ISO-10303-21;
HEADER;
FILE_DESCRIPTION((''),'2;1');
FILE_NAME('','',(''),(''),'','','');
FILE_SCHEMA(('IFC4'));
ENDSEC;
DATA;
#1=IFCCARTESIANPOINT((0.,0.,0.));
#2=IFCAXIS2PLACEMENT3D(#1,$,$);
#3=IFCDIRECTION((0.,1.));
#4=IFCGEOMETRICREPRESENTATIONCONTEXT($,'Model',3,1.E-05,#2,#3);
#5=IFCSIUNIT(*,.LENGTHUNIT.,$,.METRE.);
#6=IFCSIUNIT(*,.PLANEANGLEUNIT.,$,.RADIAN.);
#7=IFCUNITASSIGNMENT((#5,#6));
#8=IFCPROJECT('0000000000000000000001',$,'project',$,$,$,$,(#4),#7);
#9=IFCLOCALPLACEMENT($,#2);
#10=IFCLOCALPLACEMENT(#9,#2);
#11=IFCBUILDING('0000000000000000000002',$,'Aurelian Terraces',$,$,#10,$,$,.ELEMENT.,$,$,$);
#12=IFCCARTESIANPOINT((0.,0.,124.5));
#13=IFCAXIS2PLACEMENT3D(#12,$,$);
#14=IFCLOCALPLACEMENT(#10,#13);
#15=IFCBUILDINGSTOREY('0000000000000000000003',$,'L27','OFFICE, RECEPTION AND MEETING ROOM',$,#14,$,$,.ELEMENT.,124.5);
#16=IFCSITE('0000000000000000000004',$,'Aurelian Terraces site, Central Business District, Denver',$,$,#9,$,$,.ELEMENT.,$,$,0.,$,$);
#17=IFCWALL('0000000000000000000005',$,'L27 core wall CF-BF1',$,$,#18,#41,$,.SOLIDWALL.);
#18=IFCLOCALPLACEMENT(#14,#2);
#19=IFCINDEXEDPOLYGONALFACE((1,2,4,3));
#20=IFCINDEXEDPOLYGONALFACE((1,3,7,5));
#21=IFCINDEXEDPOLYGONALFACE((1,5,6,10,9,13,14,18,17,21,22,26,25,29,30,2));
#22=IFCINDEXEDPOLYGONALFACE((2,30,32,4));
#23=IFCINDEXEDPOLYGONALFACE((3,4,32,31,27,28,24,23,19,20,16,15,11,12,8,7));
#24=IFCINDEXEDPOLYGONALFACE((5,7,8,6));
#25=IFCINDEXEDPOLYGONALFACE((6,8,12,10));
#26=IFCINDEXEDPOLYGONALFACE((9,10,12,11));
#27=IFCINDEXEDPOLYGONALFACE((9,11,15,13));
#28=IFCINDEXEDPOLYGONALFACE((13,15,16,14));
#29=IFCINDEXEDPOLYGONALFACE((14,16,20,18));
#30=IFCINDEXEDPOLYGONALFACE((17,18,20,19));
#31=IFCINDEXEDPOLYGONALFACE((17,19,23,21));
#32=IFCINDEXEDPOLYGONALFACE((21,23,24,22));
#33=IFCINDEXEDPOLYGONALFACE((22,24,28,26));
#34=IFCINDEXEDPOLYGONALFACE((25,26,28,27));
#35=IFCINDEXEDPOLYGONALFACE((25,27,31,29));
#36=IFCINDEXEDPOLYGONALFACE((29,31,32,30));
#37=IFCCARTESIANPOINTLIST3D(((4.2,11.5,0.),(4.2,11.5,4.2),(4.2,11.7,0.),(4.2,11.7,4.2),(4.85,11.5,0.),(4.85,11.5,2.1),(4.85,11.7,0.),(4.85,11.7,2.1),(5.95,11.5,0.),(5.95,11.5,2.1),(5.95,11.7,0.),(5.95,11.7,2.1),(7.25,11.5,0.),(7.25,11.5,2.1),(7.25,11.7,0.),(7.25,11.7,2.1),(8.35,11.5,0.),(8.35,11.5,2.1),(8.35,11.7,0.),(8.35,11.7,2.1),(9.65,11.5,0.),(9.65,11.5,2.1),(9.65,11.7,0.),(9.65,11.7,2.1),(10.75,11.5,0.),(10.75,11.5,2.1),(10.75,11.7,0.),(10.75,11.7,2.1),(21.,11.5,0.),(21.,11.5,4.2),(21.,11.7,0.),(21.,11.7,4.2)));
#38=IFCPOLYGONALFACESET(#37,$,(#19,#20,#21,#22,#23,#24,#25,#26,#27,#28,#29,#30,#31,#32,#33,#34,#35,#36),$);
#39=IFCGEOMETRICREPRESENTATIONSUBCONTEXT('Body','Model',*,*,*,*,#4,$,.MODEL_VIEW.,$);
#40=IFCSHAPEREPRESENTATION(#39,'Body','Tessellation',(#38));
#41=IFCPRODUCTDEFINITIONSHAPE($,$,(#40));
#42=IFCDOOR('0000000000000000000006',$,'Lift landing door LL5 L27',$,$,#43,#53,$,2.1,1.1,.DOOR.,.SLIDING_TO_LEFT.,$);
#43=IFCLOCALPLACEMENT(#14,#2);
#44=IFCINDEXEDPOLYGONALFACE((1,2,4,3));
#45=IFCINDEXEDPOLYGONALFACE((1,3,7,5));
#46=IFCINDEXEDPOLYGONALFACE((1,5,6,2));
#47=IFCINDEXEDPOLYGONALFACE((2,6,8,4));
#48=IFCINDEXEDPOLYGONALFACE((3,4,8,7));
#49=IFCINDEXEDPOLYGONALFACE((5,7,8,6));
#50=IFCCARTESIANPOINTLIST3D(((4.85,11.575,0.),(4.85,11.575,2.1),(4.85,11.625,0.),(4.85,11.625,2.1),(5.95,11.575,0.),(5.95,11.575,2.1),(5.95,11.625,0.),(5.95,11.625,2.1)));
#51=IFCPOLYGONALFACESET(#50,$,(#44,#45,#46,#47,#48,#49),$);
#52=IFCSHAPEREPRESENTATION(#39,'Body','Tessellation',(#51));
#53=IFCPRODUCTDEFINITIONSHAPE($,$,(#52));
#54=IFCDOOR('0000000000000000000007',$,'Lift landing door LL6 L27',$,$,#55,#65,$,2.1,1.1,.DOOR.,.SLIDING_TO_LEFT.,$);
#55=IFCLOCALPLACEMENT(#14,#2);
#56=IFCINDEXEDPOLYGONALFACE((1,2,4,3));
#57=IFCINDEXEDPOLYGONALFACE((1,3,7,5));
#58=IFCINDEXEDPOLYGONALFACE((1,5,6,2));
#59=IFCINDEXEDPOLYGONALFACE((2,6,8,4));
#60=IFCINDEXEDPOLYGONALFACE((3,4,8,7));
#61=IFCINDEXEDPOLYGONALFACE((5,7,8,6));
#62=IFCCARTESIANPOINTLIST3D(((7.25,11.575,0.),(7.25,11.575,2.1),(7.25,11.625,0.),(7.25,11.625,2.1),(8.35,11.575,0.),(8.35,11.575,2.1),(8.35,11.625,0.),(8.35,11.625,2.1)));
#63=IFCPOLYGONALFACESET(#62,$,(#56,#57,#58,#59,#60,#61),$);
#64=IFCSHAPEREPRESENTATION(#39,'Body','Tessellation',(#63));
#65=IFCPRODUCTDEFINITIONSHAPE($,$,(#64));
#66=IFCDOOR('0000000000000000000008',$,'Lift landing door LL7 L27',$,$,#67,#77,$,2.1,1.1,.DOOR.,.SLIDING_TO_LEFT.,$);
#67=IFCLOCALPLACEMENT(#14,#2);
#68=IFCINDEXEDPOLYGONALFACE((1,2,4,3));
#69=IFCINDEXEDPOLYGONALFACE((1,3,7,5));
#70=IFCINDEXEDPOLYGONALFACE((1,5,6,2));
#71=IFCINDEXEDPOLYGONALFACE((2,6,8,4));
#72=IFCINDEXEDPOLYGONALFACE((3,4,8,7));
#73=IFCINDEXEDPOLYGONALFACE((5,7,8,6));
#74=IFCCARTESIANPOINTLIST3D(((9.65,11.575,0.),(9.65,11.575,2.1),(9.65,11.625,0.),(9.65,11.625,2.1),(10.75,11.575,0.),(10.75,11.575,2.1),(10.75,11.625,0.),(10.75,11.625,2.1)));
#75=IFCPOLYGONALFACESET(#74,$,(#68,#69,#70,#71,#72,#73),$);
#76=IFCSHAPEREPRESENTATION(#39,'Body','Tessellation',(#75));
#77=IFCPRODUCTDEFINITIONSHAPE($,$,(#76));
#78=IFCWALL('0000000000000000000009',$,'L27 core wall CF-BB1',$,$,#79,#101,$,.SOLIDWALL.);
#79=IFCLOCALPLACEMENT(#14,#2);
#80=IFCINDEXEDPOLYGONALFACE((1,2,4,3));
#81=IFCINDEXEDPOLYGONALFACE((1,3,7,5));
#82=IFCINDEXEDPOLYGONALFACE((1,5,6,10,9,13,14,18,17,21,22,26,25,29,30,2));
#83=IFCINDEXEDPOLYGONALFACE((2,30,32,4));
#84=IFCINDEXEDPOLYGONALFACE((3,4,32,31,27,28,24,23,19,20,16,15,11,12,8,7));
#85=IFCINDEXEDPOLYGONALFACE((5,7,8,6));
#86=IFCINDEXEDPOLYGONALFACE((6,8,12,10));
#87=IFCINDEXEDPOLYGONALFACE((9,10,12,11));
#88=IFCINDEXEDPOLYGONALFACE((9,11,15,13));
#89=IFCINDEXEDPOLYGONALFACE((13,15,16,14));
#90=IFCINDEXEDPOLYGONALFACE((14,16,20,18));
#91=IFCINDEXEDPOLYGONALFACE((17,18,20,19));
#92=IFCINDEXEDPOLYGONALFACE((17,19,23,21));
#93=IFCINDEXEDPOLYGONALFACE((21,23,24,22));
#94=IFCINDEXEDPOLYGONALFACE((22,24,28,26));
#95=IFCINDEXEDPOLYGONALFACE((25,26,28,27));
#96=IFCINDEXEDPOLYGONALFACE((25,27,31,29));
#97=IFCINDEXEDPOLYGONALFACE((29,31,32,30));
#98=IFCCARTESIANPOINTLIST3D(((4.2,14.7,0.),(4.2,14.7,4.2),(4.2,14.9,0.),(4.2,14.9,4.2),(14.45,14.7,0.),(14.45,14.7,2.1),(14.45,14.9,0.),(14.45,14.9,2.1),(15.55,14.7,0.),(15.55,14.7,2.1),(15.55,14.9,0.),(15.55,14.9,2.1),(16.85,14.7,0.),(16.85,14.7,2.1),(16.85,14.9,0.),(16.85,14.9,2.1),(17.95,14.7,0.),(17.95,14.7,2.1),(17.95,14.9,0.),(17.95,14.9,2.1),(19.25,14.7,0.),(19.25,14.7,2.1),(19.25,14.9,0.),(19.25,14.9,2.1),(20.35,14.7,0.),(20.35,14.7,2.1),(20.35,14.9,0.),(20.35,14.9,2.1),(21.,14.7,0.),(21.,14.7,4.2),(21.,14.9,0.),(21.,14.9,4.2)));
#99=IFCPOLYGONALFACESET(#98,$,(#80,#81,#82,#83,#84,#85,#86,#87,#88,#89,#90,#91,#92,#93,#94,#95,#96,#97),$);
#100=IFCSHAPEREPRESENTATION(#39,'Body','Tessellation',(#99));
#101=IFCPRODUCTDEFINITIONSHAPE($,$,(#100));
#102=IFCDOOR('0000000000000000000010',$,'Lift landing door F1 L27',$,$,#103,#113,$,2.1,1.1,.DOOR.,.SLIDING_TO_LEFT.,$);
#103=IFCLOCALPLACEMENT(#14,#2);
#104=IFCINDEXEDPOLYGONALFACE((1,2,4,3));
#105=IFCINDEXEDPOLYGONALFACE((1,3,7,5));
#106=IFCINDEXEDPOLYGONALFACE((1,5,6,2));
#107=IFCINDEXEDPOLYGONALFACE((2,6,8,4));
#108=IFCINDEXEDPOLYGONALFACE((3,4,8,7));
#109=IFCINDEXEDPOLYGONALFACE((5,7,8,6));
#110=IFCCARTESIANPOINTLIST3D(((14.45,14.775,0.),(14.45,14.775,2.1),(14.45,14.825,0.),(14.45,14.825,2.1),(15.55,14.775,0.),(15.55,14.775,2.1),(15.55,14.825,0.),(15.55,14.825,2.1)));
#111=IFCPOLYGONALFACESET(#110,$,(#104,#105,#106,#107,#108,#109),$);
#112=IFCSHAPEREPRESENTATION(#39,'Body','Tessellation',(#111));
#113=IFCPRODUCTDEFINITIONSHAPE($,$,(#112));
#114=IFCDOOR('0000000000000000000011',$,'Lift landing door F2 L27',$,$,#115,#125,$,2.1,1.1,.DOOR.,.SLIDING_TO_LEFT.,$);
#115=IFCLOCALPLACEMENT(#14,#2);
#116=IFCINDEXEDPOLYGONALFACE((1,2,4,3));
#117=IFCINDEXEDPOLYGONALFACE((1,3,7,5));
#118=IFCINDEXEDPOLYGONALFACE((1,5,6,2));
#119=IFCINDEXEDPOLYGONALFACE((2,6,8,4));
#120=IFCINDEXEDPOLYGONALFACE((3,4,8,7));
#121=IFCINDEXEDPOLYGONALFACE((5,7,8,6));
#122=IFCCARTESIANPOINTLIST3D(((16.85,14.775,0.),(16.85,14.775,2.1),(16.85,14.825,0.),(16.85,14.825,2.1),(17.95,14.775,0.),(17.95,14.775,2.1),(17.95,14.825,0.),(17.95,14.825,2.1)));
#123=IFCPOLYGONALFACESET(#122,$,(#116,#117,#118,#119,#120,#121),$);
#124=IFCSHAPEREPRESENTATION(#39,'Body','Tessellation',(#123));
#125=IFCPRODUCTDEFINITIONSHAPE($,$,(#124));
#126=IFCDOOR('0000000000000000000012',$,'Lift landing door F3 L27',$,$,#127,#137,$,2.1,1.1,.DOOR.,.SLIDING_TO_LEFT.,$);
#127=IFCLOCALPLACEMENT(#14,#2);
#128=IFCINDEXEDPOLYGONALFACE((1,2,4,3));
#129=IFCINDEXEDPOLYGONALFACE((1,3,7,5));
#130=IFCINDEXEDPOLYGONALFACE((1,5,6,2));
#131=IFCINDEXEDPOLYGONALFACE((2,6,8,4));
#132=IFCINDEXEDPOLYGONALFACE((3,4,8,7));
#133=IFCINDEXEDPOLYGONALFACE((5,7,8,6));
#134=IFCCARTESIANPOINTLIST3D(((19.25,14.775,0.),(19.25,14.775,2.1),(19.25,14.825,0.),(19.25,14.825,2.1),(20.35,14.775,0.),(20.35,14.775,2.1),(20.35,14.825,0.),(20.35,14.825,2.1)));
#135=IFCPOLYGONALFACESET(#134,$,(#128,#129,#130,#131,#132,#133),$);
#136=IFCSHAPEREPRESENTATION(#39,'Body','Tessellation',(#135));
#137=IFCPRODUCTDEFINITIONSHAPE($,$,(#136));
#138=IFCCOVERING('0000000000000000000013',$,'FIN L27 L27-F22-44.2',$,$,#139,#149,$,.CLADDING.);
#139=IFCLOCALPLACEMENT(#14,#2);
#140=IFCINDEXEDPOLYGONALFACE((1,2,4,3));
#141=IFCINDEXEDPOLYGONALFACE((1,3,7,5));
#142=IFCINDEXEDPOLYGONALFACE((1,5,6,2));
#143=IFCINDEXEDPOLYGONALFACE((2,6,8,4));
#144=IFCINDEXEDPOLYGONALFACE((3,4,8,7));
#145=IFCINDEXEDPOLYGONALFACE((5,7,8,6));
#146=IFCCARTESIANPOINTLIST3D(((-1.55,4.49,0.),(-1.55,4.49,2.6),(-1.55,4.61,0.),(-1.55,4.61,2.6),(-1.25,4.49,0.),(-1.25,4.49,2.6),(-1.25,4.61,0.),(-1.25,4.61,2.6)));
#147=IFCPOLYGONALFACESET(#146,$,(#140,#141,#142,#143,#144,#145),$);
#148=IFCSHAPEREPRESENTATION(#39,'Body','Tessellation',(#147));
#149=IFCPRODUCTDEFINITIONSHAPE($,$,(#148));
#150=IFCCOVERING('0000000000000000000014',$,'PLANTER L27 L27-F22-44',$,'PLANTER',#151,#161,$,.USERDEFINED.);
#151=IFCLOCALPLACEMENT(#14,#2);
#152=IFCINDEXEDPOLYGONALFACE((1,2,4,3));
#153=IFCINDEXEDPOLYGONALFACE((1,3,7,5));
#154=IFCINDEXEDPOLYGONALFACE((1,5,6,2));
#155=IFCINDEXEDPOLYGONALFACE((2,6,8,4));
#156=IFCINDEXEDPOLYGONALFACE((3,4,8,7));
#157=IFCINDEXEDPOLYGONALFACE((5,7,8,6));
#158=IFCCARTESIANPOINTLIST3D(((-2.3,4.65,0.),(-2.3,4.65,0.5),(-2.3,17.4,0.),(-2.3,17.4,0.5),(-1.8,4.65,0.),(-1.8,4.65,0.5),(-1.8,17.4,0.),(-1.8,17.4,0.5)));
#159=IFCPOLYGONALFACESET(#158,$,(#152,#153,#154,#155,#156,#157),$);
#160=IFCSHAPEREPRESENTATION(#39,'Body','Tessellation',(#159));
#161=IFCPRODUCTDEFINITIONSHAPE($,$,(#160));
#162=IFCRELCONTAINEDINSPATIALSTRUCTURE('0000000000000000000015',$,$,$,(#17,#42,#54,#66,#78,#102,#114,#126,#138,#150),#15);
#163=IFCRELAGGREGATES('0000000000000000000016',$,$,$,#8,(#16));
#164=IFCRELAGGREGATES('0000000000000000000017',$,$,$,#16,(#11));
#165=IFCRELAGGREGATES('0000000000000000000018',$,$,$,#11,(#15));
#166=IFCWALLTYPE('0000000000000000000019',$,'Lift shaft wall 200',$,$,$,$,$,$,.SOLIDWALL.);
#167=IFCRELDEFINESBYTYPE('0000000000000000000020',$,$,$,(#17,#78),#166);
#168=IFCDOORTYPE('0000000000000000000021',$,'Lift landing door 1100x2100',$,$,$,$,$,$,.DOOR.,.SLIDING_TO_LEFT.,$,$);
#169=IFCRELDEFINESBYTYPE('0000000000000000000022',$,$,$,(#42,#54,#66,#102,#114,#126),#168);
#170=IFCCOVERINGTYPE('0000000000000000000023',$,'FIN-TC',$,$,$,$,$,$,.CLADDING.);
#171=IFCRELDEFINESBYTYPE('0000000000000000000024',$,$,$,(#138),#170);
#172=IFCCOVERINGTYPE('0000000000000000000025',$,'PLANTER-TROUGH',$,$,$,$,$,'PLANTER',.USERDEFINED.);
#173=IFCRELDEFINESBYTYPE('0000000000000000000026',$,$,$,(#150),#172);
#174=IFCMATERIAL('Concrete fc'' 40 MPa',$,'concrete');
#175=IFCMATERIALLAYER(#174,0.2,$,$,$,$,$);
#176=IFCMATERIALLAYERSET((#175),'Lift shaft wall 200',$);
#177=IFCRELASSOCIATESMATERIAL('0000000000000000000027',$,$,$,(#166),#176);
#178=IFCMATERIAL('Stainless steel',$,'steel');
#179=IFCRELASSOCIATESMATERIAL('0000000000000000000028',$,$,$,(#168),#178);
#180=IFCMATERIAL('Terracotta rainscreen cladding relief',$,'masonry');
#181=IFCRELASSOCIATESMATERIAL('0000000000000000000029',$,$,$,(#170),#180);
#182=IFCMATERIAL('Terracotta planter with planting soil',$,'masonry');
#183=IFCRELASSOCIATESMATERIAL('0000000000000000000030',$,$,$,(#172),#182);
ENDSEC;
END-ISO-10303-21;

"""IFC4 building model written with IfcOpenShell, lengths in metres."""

from ifc_helpers import new_model, si_unit, direction, frame, frame_2d, origin, origin_2d, place, context, subcontext, project, spatial, rectangle, extrude, source, transform, mapped, material, layer, layer_set, type_object, element, fill, save


model = new_model("IFC4")

# Units and contexts
model_context = context("Model", 3, precision=1e-05, world=origin(), true_north=direction((0.0, 1.0)))
body_context = subcontext(model_context, "Body", "Model", "MODEL_VIEW")
ifc_project = project(units=[si_unit("LENGTHUNIT", "METRE"), si_unit("PLANEANGLEUNIT", "RADIAN")], contexts=[model_context])

# Site, building, storey
site_placement = place(None, origin())
site = spatial("IfcSite", under=ifc_project, at=site_placement, Name="Aurelian Terraces site, Central Business District, Denver", CompositionType="ELEMENT", RefElevation=0.0)
building_placement = place(site_placement, origin())
building = spatial("IfcBuilding", under=site, at=building_placement, Name="Aurelian Terraces", CompositionType="ELEMENT")
storey_placement = place(building_placement, frame((0.0, 0.0, 124.5)))
storey = spatial("IfcBuildingStorey", under=building, at=storey_placement, Name="L27", Description="OFFICE, RECEPTION AND MEETING ROOM", CompositionType="ELEMENT", Elevation=124.5)

# Walls, openings, doors
ifc_material_1 = material(Name="Concrete fc' 40 MPa", Category="concrete")
ifc_layer_1 = layer(ifc_material_1, 0.2)
ifc_layer_set_1 = layer_set([ifc_layer_1], Name="Lift shaft wall 200")
wall_type_1 = type_object("IfcWallType", Name="Lift shaft wall 200", PredefinedType="SOLIDWALL", material=ifc_layer_set_1)
shared_shape_1 = source(origin(), body_context, "Body", "SweptSolid", [
    extrude(rectangle(XDim=16.8, YDim=0.2, at=frame_2d((8.4, 0.0))), origin(), (0.0, 0.0, 1.0), 4.2),
])
shared_shape_2 = source(origin(), body_context, "Body", "SweptSolid", [
    extrude(rectangle(XDim=1.1, YDim=2.1, at=frame_2d((0.55, 1.05))), frame((0.0, 0.11, 0.0), z_axis=(0.0, -1.0, 0.0), x_axis=(1.0, 0.0, 0.0)), (0.0, 0.0, 1.0), 0.22),
])
ifc_material_2 = material(Name="Stainless steel", Category="steel")
door_type = type_object("IfcDoorType", Name="Lift landing door 1100x2100", OperationType="SLIDING_TO_LEFT", PredefinedType="DOOR", material=ifc_material_2)
shared_shape_3 = source(origin(), body_context, "Body", "SweptSolid", [
    extrude(rectangle(XDim=1.1, YDim=2.1, at=frame_2d((0.55, 1.05))), frame((0.0, 0.025, 0.0), z_axis=(0.0, -1.0, 0.0), x_axis=(1.0, 0.0, 0.0)), (0.0, 0.0, 1.0), 0.05),
])
wall_1_placement = place(storey_placement, frame((4.2, 11.6, 0.0), z_axis=(0.0, 0.0, 1.0), x_axis=(1.0, 0.0, 0.0)))
wall_1 = element("IfcWall", 1, at=wall_1_placement, inside=storey, type_object=wall_type_1, Name="L27 core wall CF-BF1", PredefinedType="SOLIDWALL", context=body_context, shape_type="MappedRepresentation", body=[
    mapped(shared_shape_1, transform((0.0, 0.0, 0.0), scale=1.0)),
])
opening_1_placement = place(wall_1_placement, frame((0.65, 0.0, 0.0)))
opening_1 = element("IfcOpeningElement", 2, at=opening_1_placement, cuts=wall_1, PredefinedType="OPENING", context=body_context, shape_type="MappedRepresentation", body=[
    mapped(shared_shape_2, transform((0.0, 0.0, 0.0), scale=1.0)),
])
opening_2_placement = place(wall_1_placement, frame((3.05, 0.0, 0.0)))
opening_2 = element("IfcOpeningElement", 3, at=opening_2_placement, cuts=wall_1, PredefinedType="OPENING", context=body_context, shape_type="MappedRepresentation", body=[
    mapped(shared_shape_2, transform((0.0, 0.0, 0.0), scale=1.0)),
])
opening_3_placement = place(wall_1_placement, frame((5.45, 0.0, 0.0)))
opening_3 = element("IfcOpeningElement", 4, at=opening_3_placement, cuts=wall_1, PredefinedType="OPENING", context=body_context, shape_type="MappedRepresentation", body=[
    mapped(shared_shape_2, transform((0.0, 0.0, 0.0), scale=1.0)),
])
door_1_placement = place(opening_1_placement, origin())
door_1 = element("IfcDoor", 5, at=door_1_placement, inside=storey, type_object=door_type, Name="Lift landing door LL5 L27", OperationType="SLIDING_TO_LEFT", OverallHeight=2.1, OverallWidth=1.1, PredefinedType="DOOR", context=body_context, shape_type="MappedRepresentation", body=[
    mapped(shared_shape_3, transform((0.0, 0.0, 0.0), scale=1.0)),
])
fill(opening_1, door_1)
door_2_placement = place(opening_2_placement, origin())
door_2 = element("IfcDoor", 6, at=door_2_placement, inside=storey, type_object=door_type, Name="Lift landing door LL6 L27", OperationType="SLIDING_TO_LEFT", OverallHeight=2.1, OverallWidth=1.1, PredefinedType="DOOR", context=body_context, shape_type="MappedRepresentation", body=[
    mapped(shared_shape_3, transform((0.0, 0.0, 0.0), scale=1.0)),
])
fill(opening_2, door_2)
door_3_placement = place(opening_3_placement, origin())
door_3 = element("IfcDoor", 7, at=door_3_placement, inside=storey, type_object=door_type, Name="Lift landing door LL7 L27", OperationType="SLIDING_TO_LEFT", OverallHeight=2.1, OverallWidth=1.1, PredefinedType="DOOR", context=body_context, shape_type="MappedRepresentation", body=[
    mapped(shared_shape_3, transform((0.0, 0.0, 0.0), scale=1.0)),
])
fill(opening_3, door_3)
wall_2_placement = place(storey_placement, frame((4.2, 14.8, 0.0), z_axis=(0.0, 0.0, 1.0), x_axis=(1.0, 0.0, 0.0)))
wall_2 = element("IfcWall", 8, at=wall_2_placement, inside=storey, type_object=wall_type_1, Name="L27 core wall CF-BB1", PredefinedType="SOLIDWALL", context=body_context, shape_type="MappedRepresentation", body=[
    mapped(shared_shape_1, transform((0.0, 0.0, 0.0), scale=1.0)),
])
opening_4_placement = place(wall_2_placement, frame((10.25, 0.0, 0.0)))
opening_4 = element("IfcOpeningElement", 9, at=opening_4_placement, cuts=wall_2, PredefinedType="OPENING", context=body_context, shape_type="MappedRepresentation", body=[
    mapped(shared_shape_2, transform((0.0, 0.0, 0.0), scale=1.0)),
])
opening_5_placement = place(wall_2_placement, frame((12.65, 0.0, 0.0)))
opening_5 = element("IfcOpeningElement", 10, at=opening_5_placement, cuts=wall_2, PredefinedType="OPENING", context=body_context, shape_type="MappedRepresentation", body=[
    mapped(shared_shape_2, transform((0.0, 0.0, 0.0), scale=1.0)),
])
opening_6_placement = place(wall_2_placement, frame((15.05, 0.0, 0.0)))
opening_6 = element("IfcOpeningElement", 11, at=opening_6_placement, cuts=wall_2, PredefinedType="OPENING", context=body_context, shape_type="MappedRepresentation", body=[
    mapped(shared_shape_2, transform((0.0, 0.0, 0.0), scale=1.0)),
])
door_4_placement = place(opening_4_placement, origin())
door_4 = element("IfcDoor", 12, at=door_4_placement, inside=storey, type_object=door_type, Name="Lift landing door F1 L27", OperationType="SLIDING_TO_LEFT", OverallHeight=2.1, OverallWidth=1.1, PredefinedType="DOOR", context=body_context, shape_type="MappedRepresentation", body=[
    mapped(shared_shape_3, transform((0.0, 0.0, 0.0), scale=1.0)),
])
fill(opening_4, door_4)
door_5_placement = place(opening_5_placement, origin())
door_5 = element("IfcDoor", 13, at=door_5_placement, inside=storey, type_object=door_type, Name="Lift landing door F2 L27", OperationType="SLIDING_TO_LEFT", OverallHeight=2.1, OverallWidth=1.1, PredefinedType="DOOR", context=body_context, shape_type="MappedRepresentation", body=[
    mapped(shared_shape_3, transform((0.0, 0.0, 0.0), scale=1.0)),
])
fill(opening_5, door_5)
door_6_placement = place(opening_6_placement, origin())
door_6 = element("IfcDoor", 14, at=door_6_placement, inside=storey, type_object=door_type, Name="Lift landing door F3 L27", OperationType="SLIDING_TO_LEFT", OverallHeight=2.1, OverallWidth=1.1, PredefinedType="DOOR", context=body_context, shape_type="MappedRepresentation", body=[
    mapped(shared_shape_3, transform((0.0, 0.0, 0.0), scale=1.0)),
])
fill(opening_6, door_6)

# Coverings
ifc_material_3 = material(Name="Terracotta rainscreen cladding relief", Category="masonry")
covering_type_1 = type_object("IfcCoveringType", Name="FIN-TC", PredefinedType="CLADDING", material=ifc_material_3)
shared_shape_4 = source(origin(), body_context, "Body", "SweptSolid", [
    extrude(rectangle(XDim=0.3, YDim=0.12, at=origin_2d()), origin(), (0.0, 0.0, 1.0), 2.6),
])
covering_1_placement = place(storey_placement, frame((-1.4, 4.55, 0.0), z_axis=(0.0, 0.0, 1.0), x_axis=(1.0, 0.0, 0.0)))
element("IfcCovering", 15, at=covering_1_placement, inside=storey, type_object=covering_type_1, Name="FIN L27 L27-F22-44.2", PredefinedType="CLADDING", context=body_context, shape_type="MappedRepresentation", body=[
    mapped(shared_shape_4, transform((0.0, 0.0, 0.0), scale=1.0)),
])
ifc_material_4 = material(Name="Terracotta planter with planting soil", Category="masonry")
covering_type_2 = type_object("IfcCoveringType", Name="PLANTER-TROUGH", ElementType="PLANTER", PredefinedType="USERDEFINED", material=ifc_material_4)
shared_shape_5 = source(origin(), body_context, "Body", "SweptSolid", [
    extrude(rectangle(XDim=0.5, YDim=12.75, at=origin_2d()), origin(), (0.0, 0.0, 1.0), 0.5),
])
covering_2_placement = place(storey_placement, frame((-2.05, 11.025, 0.0), z_axis=(0.0, 0.0, 1.0), x_axis=(1.0, 0.0, 0.0)))
element("IfcCovering", 16, at=covering_2_placement, inside=storey, type_object=covering_type_2, Name="PLANTER L27 L27-F22-44", ObjectType="PLANTER", PredefinedType="USERDEFINED", context=body_context, shape_type="MappedRepresentation", body=[
    mapped(shared_shape_5, transform((0.0, 0.0, 0.0), scale=1.0)),
])

save(model, "model.ifc")
